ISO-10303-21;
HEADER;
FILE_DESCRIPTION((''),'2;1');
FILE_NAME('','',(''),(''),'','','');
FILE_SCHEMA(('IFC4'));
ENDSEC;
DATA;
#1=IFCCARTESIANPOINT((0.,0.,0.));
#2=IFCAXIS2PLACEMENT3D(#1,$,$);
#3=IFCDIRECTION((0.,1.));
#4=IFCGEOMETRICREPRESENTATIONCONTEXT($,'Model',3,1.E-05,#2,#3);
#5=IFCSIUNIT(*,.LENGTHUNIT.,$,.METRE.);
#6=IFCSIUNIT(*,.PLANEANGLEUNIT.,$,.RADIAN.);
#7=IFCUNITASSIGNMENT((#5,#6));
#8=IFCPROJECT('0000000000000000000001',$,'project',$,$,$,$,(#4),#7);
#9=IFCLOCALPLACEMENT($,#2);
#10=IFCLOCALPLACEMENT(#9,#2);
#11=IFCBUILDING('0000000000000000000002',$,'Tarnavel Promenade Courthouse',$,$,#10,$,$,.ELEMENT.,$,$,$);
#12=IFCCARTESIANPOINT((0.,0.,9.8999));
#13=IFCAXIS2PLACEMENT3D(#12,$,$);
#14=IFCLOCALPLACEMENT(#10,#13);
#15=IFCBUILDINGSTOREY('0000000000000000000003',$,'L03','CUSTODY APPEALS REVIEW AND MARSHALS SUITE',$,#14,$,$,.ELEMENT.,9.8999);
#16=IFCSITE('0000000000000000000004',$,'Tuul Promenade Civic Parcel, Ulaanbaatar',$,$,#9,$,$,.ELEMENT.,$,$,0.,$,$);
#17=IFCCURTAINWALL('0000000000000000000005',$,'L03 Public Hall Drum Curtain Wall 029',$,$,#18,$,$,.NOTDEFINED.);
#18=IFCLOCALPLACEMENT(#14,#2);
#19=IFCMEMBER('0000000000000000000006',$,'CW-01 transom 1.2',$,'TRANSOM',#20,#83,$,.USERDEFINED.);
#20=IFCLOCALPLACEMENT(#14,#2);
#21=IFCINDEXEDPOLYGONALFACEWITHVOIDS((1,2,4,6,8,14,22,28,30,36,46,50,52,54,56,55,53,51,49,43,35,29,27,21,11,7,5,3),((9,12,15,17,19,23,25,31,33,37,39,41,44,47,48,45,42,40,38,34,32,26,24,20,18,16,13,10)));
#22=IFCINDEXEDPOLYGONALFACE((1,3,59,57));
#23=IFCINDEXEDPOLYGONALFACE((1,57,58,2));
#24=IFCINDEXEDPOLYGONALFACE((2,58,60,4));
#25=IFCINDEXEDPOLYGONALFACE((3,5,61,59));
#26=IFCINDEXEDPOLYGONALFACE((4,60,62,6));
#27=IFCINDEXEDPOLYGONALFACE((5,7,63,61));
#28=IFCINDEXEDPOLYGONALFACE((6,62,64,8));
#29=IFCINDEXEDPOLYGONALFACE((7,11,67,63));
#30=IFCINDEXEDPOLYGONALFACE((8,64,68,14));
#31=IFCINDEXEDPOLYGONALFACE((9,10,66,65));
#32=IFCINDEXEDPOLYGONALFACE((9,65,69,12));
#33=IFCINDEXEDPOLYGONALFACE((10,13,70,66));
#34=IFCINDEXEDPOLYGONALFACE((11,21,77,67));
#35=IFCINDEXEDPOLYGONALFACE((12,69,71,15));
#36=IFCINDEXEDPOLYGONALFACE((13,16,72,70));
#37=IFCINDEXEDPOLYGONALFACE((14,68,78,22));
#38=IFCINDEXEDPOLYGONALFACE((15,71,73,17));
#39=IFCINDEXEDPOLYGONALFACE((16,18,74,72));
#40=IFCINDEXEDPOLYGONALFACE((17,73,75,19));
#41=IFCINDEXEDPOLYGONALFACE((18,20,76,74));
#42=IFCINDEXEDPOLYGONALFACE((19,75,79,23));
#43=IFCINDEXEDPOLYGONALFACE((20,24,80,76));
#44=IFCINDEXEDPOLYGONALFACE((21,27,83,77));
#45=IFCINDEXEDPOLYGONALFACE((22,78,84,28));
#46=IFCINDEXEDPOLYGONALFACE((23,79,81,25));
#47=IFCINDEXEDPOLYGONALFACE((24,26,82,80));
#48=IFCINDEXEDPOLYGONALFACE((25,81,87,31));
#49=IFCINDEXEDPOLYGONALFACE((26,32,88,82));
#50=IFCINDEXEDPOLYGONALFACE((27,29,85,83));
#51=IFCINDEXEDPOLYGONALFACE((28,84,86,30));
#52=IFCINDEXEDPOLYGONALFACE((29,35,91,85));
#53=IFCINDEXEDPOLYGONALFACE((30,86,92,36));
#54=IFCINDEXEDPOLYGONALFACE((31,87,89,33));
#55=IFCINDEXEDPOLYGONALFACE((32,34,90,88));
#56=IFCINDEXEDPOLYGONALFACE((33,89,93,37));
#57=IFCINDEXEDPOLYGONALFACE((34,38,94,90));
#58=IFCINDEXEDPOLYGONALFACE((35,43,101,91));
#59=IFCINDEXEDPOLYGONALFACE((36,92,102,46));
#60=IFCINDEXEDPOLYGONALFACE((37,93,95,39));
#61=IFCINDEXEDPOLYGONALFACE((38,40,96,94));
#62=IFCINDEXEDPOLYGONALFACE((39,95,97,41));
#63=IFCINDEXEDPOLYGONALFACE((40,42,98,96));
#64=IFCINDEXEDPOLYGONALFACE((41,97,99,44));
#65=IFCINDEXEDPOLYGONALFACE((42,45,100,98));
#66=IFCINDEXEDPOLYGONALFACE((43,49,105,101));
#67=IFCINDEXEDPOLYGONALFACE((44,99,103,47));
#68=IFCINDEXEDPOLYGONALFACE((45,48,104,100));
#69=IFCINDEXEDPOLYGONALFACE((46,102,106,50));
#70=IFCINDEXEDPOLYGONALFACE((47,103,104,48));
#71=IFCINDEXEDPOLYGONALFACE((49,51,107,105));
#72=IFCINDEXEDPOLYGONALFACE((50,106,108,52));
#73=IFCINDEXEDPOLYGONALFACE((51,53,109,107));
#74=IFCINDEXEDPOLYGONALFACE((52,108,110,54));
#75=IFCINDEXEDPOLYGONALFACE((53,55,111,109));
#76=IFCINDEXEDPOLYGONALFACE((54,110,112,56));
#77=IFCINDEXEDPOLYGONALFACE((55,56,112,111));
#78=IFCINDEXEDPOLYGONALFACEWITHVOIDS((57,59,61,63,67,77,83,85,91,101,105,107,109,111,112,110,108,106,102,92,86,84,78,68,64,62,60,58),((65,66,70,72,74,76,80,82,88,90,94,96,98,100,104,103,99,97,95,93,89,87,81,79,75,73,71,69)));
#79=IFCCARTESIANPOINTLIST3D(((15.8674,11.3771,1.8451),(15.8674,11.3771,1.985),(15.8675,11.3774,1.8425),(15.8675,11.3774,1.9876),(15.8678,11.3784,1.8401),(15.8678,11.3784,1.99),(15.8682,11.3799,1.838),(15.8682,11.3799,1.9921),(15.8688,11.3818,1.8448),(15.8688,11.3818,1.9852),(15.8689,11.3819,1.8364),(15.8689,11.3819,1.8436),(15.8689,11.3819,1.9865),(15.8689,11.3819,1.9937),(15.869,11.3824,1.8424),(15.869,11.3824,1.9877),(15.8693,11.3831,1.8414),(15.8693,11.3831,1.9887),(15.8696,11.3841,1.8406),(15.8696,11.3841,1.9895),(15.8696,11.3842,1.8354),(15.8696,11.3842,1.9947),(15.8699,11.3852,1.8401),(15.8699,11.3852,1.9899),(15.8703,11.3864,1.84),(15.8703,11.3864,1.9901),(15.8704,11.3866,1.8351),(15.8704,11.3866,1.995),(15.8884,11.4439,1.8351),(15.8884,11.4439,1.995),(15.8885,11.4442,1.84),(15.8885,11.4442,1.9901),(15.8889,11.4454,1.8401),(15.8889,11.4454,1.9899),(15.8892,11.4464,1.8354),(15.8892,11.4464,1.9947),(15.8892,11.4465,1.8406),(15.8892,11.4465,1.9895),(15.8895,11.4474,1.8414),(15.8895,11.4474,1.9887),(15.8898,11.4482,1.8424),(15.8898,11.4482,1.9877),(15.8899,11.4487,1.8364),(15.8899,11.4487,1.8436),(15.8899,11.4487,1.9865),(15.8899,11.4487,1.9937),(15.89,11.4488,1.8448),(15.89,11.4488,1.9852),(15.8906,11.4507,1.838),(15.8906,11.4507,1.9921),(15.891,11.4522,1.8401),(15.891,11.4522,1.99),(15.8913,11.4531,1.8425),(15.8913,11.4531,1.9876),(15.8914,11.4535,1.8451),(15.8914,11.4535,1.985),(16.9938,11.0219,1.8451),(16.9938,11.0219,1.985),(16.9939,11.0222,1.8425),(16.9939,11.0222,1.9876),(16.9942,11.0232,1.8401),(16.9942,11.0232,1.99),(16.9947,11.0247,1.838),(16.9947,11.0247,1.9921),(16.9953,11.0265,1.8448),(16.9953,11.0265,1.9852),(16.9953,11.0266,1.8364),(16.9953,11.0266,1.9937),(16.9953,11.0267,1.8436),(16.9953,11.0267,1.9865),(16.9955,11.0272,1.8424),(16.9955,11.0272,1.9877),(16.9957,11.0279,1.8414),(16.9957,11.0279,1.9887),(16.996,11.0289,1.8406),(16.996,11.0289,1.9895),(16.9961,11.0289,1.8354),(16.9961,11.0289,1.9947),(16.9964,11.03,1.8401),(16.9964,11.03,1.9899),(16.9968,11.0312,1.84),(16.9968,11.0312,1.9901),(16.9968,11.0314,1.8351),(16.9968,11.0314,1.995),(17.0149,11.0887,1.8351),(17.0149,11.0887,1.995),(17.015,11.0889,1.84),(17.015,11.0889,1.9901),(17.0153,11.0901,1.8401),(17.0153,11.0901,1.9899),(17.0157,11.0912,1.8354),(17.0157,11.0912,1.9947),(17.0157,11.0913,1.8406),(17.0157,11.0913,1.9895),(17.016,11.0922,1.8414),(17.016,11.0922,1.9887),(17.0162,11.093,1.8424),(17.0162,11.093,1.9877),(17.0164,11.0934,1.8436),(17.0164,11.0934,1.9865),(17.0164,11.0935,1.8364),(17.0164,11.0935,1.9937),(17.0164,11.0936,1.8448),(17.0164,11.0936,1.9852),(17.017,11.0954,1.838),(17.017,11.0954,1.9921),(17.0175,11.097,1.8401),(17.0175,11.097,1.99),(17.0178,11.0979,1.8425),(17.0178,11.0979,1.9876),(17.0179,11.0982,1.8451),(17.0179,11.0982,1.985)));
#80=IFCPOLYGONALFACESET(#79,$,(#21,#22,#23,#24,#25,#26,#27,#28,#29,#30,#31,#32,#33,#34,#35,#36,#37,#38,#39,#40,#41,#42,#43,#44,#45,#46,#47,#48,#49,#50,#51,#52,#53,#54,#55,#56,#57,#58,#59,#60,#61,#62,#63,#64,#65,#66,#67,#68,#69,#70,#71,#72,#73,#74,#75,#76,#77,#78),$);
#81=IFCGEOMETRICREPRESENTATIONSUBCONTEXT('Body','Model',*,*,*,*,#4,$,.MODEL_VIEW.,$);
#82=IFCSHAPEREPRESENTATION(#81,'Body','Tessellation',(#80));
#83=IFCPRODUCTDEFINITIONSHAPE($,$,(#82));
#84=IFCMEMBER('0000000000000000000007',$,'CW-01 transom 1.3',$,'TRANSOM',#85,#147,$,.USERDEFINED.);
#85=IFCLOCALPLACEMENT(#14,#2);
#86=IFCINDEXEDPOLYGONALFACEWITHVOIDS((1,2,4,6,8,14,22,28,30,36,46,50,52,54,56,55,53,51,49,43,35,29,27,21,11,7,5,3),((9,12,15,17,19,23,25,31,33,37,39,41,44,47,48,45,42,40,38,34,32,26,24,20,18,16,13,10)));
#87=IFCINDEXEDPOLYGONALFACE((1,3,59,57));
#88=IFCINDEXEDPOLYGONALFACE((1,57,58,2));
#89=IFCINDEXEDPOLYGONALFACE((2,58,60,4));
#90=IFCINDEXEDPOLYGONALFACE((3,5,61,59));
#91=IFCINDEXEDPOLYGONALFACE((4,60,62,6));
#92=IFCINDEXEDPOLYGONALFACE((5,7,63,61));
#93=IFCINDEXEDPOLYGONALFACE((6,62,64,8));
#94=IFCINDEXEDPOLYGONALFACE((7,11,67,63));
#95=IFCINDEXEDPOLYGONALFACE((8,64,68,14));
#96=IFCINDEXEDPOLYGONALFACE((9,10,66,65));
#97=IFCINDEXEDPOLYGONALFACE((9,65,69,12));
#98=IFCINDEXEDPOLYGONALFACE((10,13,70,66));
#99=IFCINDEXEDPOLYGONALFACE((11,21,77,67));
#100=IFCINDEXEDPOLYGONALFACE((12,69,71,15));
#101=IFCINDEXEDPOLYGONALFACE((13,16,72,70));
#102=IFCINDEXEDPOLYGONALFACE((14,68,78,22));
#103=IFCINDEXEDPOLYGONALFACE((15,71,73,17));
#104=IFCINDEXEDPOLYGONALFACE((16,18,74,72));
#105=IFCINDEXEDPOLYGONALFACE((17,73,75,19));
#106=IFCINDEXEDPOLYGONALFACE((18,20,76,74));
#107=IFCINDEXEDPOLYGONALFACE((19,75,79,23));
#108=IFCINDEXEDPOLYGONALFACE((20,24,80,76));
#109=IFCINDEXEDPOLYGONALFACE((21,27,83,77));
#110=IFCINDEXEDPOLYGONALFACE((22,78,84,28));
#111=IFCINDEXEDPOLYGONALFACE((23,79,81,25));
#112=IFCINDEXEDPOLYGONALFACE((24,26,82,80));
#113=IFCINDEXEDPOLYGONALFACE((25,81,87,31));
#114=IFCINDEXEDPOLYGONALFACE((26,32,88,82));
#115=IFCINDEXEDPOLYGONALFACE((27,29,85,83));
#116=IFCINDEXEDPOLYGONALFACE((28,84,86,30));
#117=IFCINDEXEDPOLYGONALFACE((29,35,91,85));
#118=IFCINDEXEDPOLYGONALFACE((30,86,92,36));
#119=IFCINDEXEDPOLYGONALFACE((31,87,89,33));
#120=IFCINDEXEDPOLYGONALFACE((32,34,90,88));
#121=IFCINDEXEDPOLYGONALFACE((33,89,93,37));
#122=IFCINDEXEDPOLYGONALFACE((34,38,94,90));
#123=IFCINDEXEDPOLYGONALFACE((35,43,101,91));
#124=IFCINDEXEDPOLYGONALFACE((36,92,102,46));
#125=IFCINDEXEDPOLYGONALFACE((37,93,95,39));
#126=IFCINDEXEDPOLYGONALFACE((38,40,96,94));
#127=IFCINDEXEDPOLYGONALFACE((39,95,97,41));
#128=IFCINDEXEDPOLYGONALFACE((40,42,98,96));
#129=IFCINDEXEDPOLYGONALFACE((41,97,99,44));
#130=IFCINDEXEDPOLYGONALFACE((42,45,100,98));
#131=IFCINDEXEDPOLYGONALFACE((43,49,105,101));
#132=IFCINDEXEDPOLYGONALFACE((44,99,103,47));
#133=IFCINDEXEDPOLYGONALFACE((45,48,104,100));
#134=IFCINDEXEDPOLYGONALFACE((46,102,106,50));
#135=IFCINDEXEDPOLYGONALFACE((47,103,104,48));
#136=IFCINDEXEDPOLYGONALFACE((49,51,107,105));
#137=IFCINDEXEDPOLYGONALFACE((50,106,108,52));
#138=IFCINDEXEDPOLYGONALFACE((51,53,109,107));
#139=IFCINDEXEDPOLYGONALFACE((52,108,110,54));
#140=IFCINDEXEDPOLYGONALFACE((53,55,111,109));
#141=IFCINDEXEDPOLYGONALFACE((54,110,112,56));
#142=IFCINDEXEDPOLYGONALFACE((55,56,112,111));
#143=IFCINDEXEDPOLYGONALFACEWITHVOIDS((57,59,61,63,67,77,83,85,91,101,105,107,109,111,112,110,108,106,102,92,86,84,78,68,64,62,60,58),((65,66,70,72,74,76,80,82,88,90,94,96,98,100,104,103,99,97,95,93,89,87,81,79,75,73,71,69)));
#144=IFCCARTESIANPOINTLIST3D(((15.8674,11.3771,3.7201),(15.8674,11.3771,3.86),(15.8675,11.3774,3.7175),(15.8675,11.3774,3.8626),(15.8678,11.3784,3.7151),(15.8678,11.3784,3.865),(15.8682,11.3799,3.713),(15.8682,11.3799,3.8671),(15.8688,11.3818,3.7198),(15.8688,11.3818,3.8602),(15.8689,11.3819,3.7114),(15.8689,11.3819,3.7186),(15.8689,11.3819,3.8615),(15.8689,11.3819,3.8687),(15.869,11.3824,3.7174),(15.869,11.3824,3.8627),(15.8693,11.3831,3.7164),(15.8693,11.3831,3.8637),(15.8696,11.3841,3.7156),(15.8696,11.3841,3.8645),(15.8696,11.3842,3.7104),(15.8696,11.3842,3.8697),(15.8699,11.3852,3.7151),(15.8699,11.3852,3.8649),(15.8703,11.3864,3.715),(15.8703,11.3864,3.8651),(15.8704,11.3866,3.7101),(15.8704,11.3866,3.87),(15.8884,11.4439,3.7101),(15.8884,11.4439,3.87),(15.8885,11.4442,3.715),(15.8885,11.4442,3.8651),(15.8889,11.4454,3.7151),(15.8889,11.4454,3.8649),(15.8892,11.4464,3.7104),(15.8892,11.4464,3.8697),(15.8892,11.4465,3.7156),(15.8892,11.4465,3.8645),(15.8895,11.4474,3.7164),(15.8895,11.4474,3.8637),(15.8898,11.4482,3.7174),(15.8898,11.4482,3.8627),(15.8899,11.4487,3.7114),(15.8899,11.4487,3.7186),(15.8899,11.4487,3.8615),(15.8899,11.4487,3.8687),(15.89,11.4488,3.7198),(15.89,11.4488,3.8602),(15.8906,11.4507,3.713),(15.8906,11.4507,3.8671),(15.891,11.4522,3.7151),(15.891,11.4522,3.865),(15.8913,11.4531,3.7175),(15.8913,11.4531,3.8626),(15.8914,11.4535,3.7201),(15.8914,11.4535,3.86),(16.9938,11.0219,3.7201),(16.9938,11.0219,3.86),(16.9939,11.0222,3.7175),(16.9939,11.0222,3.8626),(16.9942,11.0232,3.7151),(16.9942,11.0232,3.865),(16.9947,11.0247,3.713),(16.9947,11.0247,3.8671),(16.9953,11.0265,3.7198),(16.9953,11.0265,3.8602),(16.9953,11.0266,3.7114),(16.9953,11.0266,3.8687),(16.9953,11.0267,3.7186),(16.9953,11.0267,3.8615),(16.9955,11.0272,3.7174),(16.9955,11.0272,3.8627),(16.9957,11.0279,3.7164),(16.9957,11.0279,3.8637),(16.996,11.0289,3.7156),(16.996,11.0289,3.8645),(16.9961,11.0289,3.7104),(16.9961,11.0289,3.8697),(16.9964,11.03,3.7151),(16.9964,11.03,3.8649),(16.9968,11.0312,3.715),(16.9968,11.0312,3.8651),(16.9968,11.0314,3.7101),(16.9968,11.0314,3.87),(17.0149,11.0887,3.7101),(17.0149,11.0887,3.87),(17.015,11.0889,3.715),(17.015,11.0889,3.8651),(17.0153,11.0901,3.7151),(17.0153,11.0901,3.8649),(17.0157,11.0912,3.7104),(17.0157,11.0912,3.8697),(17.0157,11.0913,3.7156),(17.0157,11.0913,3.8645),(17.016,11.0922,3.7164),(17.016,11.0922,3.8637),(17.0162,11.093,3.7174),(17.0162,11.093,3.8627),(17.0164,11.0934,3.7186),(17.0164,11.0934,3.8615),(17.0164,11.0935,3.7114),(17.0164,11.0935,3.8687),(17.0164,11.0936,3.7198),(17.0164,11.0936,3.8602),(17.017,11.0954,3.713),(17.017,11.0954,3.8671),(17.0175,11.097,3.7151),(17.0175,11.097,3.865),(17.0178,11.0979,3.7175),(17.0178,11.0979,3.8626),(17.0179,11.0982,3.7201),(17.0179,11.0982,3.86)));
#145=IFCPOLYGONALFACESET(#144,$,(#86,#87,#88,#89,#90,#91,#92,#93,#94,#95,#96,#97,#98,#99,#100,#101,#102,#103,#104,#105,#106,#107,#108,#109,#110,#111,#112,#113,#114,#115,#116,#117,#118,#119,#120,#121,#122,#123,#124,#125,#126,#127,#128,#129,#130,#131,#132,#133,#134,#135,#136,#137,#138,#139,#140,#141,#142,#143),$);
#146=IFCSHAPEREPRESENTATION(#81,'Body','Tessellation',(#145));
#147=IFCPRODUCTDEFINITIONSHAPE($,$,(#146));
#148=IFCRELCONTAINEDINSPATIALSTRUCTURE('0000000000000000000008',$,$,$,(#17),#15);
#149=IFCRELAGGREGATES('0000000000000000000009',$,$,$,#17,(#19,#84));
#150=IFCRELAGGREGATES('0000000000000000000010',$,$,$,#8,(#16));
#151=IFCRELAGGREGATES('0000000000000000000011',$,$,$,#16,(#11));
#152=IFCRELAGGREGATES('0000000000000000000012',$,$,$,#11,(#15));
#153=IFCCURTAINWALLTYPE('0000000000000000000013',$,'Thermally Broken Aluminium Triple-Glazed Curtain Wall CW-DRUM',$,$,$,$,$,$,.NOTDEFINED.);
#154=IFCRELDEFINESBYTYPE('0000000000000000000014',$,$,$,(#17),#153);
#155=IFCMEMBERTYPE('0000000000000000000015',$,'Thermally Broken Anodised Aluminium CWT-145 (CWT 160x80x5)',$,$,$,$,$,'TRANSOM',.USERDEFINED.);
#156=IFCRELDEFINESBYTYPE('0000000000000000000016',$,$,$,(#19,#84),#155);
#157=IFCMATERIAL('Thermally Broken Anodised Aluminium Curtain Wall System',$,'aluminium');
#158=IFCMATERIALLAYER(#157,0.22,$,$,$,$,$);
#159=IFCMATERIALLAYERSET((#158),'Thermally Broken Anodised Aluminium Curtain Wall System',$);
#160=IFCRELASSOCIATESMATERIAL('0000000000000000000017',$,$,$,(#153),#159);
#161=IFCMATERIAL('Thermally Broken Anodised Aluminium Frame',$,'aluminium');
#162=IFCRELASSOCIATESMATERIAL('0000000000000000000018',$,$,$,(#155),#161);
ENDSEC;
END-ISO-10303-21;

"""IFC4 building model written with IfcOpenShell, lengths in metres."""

from ifc_helpers import new_model, si_unit, direction, frame, origin, origin_2d, place, context, subcontext, project, spatial, hollow_rectangle, extrude, material, layer, layer_set, material_profile, profile_set, type_object, element, aggregate, save


model = new_model("IFC4")

# Units and contexts
model_context = context("Model", 3, precision=1e-05, world=origin(), true_north=direction((0.0, 1.0)))
body_context = subcontext(model_context, "Body", "Model", "MODEL_VIEW")
ifc_project = project(units=[si_unit("LENGTHUNIT", "METRE"), si_unit("PLANEANGLEUNIT", "RADIAN")], contexts=[model_context])

# Site, building, storey
site_placement = place(None, origin())
site = spatial("IfcSite", under=ifc_project, at=site_placement, Name="Tuul Promenade Civic Parcel, Ulaanbaatar", CompositionType="ELEMENT", RefElevation=0.0)
building_placement = place(site_placement, origin())
building = spatial("IfcBuilding", under=site, at=building_placement, Name="Tarnavel Promenade Courthouse", CompositionType="ELEMENT")
storey_placement = place(building_placement, frame((0.0, 0.0, 9.8999)))
storey = spatial("IfcBuildingStorey", under=building, at=storey_placement, Name="L03", Description="CUSTODY APPEALS REVIEW AND MARSHALS SUITE", CompositionType="ELEMENT", Elevation=9.8999)

# Shared definitions
ifc_material_1 = material(Name="Thermally Broken Anodised Aluminium Curtain Wall System", Category="aluminium")
ifc_layer_1 = layer(ifc_material_1, 0.22)
ifc_layer_set_1 = layer_set([ifc_layer_1], Name="Thermally Broken Anodised Aluminium Curtain Wall System")
curtain_wall_type = type_object("IfcCurtainWallType", Name="Thermally Broken Aluminium Triple-Glazed Curtain Wall CW-DRUM", PredefinedType="NOTDEFINED", material=ifc_layer_set_1)
ifc_material_2 = material(Name="Thermally Broken Anodised Aluminium Frame", Category="aluminium")

# Curtain wall, members
curtain_wall_1_placement = place(storey_placement, origin())
curtain_wall_1 = element("IfcCurtainWall", 1, at=curtain_wall_1_placement, inside=storey, type_object=curtain_wall_type, Name="L03 Public Hall Drum Curtain Wall 029", PredefinedType="NOTDEFINED")
ifc_material_profile_1 = material_profile(ifc_material_2, hollow_rectangle(XDim=0.0801, YDim=0.1599, WallThickness=0.0049, InnerFilletRadius=0.0049, OuterFilletRadius=0.01, at=origin_2d()), Name="CWT 160x80x5")
ifc_profile_set_1 = profile_set([ifc_material_profile_1], Name="Thermally Broken Anodised Aluminium Frame")
member_type_1 = type_object("IfcMemberType", Name="Thermally Broken Anodised Aluminium CWT-145 (CWT 160x80x5)", ElementType="TRANSOM", PredefinedType="USERDEFINED", material=ifc_profile_set_1)
member_1_placement = place(storey_placement, frame((15.8794, 11.4153, 1.915), z_axis=(0.953704, -0.300746, 0.0), x_axis=(0.300746, 0.953704, 0.0)))
member_1 = element("IfcMember", 2, at=member_1_placement, type_object=member_type_1, Name="CW-01 transom 1.2", ObjectType="TRANSOM", PredefinedType="USERDEFINED", context=body_context, shape_type="SweptSolid", body=[
    extrude(hollow_rectangle(XDim=0.0801, YDim=0.1599, WallThickness=0.0049, InnerFilletRadius=0.0049, OuterFilletRadius=0.01, at=origin_2d()), origin(), (0.0, 0.0, 1.0), 1.1812),
])
member_2_placement = place(storey_placement, frame((15.8794, 11.4153, 3.79), z_axis=(0.953704, -0.300746, 0.0), x_axis=(0.300746, 0.953704, 0.0)))
member_2 = element("IfcMember", 3, at=member_2_placement, type_object=member_type_1, Name="CW-01 transom 1.3", ObjectType="TRANSOM", PredefinedType="USERDEFINED", context=body_context, shape_type="SweptSolid", body=[
    extrude(hollow_rectangle(XDim=0.0801, YDim=0.1599, WallThickness=0.0049, InnerFilletRadius=0.0049, OuterFilletRadius=0.01, at=origin_2d()), origin(), (0.0, 0.0, 1.0), 1.1812),
])
aggregate(curtain_wall_1, [member_1, member_2])

save(model, "model.ifc")
